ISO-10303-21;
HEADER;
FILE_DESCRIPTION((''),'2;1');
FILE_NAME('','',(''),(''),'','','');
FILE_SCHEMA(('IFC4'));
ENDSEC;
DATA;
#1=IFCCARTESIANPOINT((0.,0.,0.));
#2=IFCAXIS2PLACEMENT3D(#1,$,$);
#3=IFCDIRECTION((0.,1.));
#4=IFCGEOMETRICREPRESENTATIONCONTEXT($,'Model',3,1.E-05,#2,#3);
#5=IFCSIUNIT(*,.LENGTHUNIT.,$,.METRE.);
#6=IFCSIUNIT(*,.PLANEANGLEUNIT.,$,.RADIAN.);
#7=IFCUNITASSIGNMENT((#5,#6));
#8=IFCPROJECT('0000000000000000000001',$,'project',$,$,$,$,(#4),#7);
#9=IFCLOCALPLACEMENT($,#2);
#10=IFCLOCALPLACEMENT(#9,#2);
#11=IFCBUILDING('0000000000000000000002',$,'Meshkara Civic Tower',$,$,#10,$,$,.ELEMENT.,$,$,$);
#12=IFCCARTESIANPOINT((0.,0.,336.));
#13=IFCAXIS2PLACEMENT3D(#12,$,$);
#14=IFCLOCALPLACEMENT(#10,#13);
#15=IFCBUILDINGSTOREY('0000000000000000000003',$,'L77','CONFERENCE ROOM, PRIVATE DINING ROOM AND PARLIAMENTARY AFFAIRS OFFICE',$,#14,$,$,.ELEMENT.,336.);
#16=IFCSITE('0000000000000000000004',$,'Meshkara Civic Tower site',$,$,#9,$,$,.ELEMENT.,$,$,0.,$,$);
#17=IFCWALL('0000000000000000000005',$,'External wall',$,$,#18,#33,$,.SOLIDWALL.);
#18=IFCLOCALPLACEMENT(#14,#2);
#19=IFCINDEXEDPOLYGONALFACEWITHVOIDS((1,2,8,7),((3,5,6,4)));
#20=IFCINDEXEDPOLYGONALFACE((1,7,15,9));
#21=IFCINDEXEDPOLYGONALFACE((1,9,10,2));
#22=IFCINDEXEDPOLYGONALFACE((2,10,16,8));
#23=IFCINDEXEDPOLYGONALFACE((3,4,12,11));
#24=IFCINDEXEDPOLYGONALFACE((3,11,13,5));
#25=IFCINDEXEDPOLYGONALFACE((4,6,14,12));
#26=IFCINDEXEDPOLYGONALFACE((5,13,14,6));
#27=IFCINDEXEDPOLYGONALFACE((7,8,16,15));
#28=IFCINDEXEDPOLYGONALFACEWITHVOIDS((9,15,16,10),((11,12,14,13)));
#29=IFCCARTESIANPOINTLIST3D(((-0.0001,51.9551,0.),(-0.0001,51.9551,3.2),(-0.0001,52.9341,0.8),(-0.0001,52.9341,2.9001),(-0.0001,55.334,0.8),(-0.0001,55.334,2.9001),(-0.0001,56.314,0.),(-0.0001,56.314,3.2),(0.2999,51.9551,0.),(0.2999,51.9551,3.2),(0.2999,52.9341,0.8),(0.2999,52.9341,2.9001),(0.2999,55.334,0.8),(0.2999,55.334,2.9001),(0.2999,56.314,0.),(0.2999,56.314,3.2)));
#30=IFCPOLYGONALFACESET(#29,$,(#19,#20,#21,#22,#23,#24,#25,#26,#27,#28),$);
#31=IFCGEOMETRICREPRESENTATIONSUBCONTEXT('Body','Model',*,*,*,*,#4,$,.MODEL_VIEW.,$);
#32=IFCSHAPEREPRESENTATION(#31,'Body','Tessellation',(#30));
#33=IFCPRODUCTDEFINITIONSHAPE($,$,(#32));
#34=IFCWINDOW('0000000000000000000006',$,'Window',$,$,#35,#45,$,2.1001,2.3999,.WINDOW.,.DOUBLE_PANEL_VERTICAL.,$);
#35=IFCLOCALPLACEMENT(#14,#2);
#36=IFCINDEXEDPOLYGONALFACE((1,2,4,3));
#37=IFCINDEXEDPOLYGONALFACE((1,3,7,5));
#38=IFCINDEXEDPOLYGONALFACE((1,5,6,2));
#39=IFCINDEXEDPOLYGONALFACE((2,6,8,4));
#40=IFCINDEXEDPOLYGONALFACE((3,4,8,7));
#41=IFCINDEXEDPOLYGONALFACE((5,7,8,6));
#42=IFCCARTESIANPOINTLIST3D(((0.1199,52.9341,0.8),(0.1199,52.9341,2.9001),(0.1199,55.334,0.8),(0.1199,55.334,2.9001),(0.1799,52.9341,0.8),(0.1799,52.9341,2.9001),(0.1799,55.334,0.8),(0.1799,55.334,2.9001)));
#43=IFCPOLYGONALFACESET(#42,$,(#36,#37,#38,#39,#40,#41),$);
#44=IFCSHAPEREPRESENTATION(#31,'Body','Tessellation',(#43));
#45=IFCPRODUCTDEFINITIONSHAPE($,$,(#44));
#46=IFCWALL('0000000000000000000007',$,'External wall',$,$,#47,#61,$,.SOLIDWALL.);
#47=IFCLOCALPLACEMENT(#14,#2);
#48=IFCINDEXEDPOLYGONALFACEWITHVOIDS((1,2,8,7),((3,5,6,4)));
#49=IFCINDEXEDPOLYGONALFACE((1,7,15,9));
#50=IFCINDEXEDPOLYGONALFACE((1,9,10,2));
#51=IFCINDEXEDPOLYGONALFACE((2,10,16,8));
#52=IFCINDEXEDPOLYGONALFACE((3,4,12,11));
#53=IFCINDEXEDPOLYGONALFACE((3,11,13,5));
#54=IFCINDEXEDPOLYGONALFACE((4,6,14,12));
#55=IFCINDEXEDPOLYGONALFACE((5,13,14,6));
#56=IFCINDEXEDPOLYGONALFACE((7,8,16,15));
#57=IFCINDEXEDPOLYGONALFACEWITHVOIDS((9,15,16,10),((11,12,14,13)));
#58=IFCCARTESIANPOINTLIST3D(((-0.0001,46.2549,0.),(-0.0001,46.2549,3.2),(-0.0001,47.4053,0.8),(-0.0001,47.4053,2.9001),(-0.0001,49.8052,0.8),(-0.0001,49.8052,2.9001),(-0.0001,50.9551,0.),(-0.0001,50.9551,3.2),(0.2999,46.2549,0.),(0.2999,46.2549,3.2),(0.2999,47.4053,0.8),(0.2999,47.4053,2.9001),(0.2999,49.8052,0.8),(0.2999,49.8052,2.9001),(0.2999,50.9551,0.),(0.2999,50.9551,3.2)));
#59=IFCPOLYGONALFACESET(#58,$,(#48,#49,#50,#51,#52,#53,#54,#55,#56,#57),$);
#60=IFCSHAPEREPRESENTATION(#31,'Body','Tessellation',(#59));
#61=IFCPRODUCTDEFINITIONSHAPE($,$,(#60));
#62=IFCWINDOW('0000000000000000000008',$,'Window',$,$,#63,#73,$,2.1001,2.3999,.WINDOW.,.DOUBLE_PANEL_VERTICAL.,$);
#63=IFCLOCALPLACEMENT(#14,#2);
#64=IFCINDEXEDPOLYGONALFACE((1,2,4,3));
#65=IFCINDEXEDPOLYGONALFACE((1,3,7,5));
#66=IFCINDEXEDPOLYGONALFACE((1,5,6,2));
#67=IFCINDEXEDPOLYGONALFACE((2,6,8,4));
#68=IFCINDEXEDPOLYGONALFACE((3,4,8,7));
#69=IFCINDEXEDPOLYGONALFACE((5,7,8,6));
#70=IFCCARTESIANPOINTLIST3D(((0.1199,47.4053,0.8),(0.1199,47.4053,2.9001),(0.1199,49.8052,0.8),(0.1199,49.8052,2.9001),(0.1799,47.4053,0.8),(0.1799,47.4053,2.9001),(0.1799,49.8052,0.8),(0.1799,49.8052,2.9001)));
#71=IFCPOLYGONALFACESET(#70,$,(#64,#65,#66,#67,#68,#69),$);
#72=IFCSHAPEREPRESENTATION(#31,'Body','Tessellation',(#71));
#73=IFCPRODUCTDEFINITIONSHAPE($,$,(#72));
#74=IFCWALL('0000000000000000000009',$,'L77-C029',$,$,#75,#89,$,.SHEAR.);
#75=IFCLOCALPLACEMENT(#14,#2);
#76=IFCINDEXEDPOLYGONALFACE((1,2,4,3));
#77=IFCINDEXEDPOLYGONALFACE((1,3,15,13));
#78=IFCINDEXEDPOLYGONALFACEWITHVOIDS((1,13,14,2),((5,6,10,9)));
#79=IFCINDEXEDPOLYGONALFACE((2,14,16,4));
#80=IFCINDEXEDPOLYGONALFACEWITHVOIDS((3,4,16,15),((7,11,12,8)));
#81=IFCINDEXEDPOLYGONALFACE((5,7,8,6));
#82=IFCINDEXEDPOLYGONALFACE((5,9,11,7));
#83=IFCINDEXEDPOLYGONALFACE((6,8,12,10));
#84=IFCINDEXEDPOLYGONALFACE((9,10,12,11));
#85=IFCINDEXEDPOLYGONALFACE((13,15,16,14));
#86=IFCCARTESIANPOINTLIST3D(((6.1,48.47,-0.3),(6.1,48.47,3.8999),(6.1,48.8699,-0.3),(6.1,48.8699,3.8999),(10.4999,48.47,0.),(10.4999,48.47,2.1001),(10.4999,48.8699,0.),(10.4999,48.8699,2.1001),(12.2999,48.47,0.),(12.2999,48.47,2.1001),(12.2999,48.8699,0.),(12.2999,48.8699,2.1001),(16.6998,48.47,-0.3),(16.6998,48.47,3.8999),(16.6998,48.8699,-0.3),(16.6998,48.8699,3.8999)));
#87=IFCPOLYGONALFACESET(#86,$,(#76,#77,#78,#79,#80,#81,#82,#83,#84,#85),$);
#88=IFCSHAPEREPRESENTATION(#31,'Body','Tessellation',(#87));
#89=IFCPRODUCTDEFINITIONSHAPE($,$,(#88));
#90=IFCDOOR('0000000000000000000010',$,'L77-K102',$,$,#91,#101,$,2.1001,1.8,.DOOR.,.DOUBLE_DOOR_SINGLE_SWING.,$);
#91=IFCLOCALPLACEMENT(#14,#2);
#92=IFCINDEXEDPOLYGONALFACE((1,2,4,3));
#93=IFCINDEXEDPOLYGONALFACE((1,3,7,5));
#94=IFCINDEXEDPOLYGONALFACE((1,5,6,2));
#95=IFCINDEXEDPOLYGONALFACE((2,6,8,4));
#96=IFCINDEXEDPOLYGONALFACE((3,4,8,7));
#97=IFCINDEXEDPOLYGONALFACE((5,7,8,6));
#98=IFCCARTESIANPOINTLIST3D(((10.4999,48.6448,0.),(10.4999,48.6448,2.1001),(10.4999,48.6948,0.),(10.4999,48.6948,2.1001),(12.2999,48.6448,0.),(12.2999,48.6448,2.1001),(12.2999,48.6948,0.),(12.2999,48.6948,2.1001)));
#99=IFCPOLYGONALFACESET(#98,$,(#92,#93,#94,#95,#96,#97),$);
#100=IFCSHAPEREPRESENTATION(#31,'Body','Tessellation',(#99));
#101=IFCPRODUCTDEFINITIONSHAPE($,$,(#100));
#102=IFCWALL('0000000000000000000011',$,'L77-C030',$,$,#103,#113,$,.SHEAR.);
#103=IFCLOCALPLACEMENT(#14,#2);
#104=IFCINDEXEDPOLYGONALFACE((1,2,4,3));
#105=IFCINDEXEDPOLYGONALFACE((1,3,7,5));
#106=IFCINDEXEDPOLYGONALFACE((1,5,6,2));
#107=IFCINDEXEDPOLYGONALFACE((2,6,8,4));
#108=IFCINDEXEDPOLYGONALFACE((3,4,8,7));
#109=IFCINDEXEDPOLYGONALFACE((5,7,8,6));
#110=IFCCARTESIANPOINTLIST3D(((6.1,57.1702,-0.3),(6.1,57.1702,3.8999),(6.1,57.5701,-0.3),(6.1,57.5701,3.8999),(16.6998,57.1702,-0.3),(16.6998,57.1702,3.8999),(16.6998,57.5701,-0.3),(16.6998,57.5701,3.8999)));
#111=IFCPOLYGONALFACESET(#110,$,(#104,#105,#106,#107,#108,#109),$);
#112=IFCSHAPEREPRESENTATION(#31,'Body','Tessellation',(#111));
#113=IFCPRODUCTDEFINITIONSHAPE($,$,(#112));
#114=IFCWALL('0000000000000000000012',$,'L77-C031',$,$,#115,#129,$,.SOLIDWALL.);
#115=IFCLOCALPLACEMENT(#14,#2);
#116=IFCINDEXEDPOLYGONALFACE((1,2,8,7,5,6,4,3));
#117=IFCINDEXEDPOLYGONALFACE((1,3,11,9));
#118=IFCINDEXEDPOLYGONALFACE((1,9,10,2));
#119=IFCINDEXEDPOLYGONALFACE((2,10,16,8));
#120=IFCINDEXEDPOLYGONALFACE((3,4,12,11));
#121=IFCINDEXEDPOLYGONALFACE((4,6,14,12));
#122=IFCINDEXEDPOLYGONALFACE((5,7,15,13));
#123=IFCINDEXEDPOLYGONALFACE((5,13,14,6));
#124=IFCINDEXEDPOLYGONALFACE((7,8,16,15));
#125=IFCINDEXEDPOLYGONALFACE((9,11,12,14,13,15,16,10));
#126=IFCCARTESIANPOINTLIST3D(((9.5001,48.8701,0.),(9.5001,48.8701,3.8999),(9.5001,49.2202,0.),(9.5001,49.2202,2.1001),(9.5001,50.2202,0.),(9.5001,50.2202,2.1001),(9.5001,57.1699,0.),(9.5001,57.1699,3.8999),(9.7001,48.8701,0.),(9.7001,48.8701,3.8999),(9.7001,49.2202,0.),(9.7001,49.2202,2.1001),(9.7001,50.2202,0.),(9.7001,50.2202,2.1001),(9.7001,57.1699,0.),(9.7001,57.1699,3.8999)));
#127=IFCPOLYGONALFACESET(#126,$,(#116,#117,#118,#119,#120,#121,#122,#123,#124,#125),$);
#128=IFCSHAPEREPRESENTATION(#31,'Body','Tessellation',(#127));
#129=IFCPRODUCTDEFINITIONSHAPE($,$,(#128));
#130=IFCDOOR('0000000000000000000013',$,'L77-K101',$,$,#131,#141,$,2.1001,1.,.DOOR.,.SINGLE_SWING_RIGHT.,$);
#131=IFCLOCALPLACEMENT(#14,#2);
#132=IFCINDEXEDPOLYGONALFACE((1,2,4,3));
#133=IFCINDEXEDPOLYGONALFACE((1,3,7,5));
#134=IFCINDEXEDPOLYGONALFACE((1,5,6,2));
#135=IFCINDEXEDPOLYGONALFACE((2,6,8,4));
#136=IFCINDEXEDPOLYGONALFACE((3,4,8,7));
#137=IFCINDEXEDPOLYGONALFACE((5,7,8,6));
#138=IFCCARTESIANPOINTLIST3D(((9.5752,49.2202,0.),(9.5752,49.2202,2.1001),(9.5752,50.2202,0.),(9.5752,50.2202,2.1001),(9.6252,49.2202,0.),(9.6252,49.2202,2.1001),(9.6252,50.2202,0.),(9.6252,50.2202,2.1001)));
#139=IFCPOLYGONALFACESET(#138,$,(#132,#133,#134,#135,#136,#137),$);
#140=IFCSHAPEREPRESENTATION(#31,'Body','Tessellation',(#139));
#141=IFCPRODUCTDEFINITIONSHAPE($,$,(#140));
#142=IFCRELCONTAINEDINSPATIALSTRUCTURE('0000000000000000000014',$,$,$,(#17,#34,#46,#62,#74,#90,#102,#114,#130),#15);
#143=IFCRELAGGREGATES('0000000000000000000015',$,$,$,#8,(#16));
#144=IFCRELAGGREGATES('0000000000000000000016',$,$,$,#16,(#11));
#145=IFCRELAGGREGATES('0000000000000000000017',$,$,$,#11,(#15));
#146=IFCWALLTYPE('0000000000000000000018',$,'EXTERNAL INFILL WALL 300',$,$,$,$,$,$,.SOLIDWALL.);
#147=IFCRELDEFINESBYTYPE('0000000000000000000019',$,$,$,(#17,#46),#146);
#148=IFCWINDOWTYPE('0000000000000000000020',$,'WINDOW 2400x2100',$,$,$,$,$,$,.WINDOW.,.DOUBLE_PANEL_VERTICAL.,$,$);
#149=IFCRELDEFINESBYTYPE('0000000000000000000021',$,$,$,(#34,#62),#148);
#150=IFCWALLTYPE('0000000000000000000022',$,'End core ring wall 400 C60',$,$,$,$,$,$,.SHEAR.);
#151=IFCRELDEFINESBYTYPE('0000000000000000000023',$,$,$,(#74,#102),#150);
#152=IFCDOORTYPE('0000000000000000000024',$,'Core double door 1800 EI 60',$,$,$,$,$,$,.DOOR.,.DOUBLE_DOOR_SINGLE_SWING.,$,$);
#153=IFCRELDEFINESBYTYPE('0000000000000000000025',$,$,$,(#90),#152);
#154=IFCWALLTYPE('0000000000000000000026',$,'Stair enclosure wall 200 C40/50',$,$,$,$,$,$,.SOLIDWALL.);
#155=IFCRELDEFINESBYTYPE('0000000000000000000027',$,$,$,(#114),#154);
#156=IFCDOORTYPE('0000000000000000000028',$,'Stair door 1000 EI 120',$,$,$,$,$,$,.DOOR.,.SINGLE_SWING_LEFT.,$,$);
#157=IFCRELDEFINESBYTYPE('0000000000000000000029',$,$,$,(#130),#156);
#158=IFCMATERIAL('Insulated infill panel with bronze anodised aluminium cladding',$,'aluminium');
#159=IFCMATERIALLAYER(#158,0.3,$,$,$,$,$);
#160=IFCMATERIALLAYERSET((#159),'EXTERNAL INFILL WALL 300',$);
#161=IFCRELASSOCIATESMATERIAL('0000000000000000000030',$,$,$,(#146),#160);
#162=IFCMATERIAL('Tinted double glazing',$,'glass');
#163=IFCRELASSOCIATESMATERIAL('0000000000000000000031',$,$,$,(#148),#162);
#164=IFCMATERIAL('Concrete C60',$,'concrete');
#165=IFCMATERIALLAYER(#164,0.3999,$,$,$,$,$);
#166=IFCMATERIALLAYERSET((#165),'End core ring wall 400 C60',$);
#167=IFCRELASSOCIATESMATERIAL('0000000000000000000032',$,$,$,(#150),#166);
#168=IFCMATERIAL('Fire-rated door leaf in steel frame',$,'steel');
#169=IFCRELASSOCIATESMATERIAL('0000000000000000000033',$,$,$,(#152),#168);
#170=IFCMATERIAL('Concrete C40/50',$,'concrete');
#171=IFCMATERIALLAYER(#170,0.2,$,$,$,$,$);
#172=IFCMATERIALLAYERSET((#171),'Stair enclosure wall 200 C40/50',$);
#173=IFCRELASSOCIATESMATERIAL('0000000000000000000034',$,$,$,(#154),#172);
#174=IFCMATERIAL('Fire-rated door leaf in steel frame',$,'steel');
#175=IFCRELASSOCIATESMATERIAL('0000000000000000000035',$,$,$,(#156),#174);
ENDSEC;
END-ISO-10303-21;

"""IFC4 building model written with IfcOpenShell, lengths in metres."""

from ifc_helpers import new_model, si_unit, direction, frame, frame_2d, origin, place, context, subcontext, project, spatial, rectangle, extrude, material, layer, layer_set, type_object, element, fill, save


model = new_model("IFC4")

# Units and contexts
model_context = context("Model", 3, precision=1e-05, world=origin(), true_north=direction((0.0, 1.0)))
body_context = subcontext(model_context, "Body", "Model", "MODEL_VIEW")
ifc_project = project(units=[si_unit("LENGTHUNIT", "METRE"), si_unit("PLANEANGLEUNIT", "RADIAN")], contexts=[model_context])

# Site, building, storey
site_placement = place(None, origin())
site = spatial("IfcSite", under=ifc_project, at=site_placement, Name="Meshkara Civic Tower site", CompositionType="ELEMENT", RefElevation=0.0)
building_placement = place(site_placement, origin())
building = spatial("IfcBuilding", under=site, at=building_placement, Name="Meshkara Civic Tower", CompositionType="ELEMENT")
storey_placement = place(building_placement, frame((0.0, 0.0, 336.0)))
storey = spatial("IfcBuildingStorey", under=building, at=storey_placement, Name="L77", Description="CONFERENCE ROOM, PRIVATE DINING ROOM AND PARLIAMENTARY AFFAIRS OFFICE", CompositionType="ELEMENT", Elevation=336.0)

# Walls, openings, windows
ifc_material_1 = material(Name="Insulated infill panel with bronze anodised aluminium cladding", Category="aluminium")
ifc_layer_1 = layer(ifc_material_1, 0.3)
ifc_layer_set_1 = layer_set([ifc_layer_1], Name="EXTERNAL INFILL WALL 300")
wall_type_1 = type_object("IfcWallType", Name="EXTERNAL INFILL WALL 300", PredefinedType="SOLIDWALL", material=ifc_layer_set_1)
ifc_material_2 = material(Name="Tinted double glazing", Category="glass")
window_type = type_object("IfcWindowType", Name="WINDOW 2400x2100", PartitioningType="DOUBLE_PANEL_VERTICAL", PredefinedType="WINDOW", material=ifc_material_2)
wall_1_placement = place(storey_placement, frame((0.1499, 56.314, 0.0), z_axis=(0.0, 0.0, 1.0), x_axis=(0.0, -1.0, 0.0)))
wall_1 = element("IfcWall", 1, at=wall_1_placement, inside=storey, type_object=wall_type_1, Name="External wall", PredefinedType="SOLIDWALL", context=body_context, shape_type="SweptSolid", body=[
    extrude(rectangle(XDim=4.3589, YDim=0.3, at=frame_2d((2.1794, 0.0))), origin(), (0.0, 0.0, 1.0), 3.2),
])
opening_1_placement = place(wall_1_placement, frame((0.98, 0.0, 0.8)))
opening_1 = element("IfcOpeningElement", 2, at=opening_1_placement, cuts=wall_1, PredefinedType="OPENING", context=body_context, shape_type="SweptSolid", body=[
    extrude(rectangle(XDim=2.3999, YDim=2.1001, at=frame_2d((1.2, 1.05))), frame((0.0, 0.1599, 0.0), z_axis=(0.0, -1.0, 0.0), x_axis=(1.0, 0.0, 0.0)), (0.0, 0.0, 1.0), 0.3201),
])
window_1_placement = place(opening_1_placement, origin())
window_1 = element("IfcWindow", 3, at=window_1_placement, inside=storey, type_object=window_type, Name="Window", OverallHeight=2.1001, OverallWidth=2.3999, PartitioningType="DOUBLE_PANEL_VERTICAL", PredefinedType="WINDOW", context=body_context, shape_type="SweptSolid", body=[
    extrude(rectangle(XDim=2.3999, YDim=2.1001, at=frame_2d((1.2, 1.05))), frame((0.0, 0.03, 0.0), z_axis=(0.0, -1.0, 0.0), x_axis=(1.0, 0.0, 0.0)), (0.0, 0.0, 1.0), 0.0601),
])
fill(opening_1, window_1)
wall_2_placement = place(storey_placement, frame((0.1499, 50.9551, 0.0), z_axis=(0.0, 0.0, 1.0), x_axis=(0.0, -1.0, 0.0)))
wall_2 = element("IfcWall", 4, at=wall_2_placement, inside=storey, type_object=wall_type_1, Name="External wall", PredefinedType="SOLIDWALL", context=body_context, shape_type="SweptSolid", body=[
    extrude(rectangle(XDim=4.7002, YDim=0.3, at=frame_2d((2.3501, 0.0))), origin(), (0.0, 0.0, 1.0), 3.2),
])
opening_2_placement = place(wall_2_placement, frame((1.1499, 0.0, 0.8)))
opening_2 = element("IfcOpeningElement", 5, at=opening_2_placement, cuts=wall_2, PredefinedType="OPENING", context=body_context, shape_type="SweptSolid", body=[
    extrude(rectangle(XDim=2.3999, YDim=2.1001, at=frame_2d((1.2, 1.05))), frame((0.0, 0.1599, 0.0), z_axis=(0.0, -1.0, 0.0), x_axis=(1.0, 0.0, 0.0)), (0.0, 0.0, 1.0), 0.3201),
])
window_2_placement = place(opening_2_placement, origin())
window_2 = element("IfcWindow", 6, at=window_2_placement, inside=storey, type_object=window_type, Name="Window", OverallHeight=2.1001, OverallWidth=2.3999, PartitioningType="DOUBLE_PANEL_VERTICAL", PredefinedType="WINDOW", context=body_context, shape_type="SweptSolid", body=[
    extrude(rectangle(XDim=2.3999, YDim=2.1001, at=frame_2d((1.2, 1.05))), frame((0.0, 0.03, 0.0), z_axis=(0.0, -1.0, 0.0), x_axis=(1.0, 0.0, 0.0)), (0.0, 0.0, 1.0), 0.0601),
])
fill(opening_2, window_2)

# Wall, opening, door
ifc_material_3 = material(Name="Concrete C60", Category="concrete")
ifc_layer_2 = layer(ifc_material_3, 0.3999)
ifc_layer_set_2 = layer_set([ifc_layer_2], Name="End core ring wall 400 C60")
wall_type_2 = type_object("IfcWallType", Name="End core ring wall 400 C60", PredefinedType="SHEAR", material=ifc_layer_set_2)
wall_3_placement = place(storey_placement, frame((6.1001, 48.6699, -0.3), z_axis=(0.0, 0.0, 1.0), x_axis=(1.0, 0.0, 0.0)))
wall_3 = element("IfcWall", 7, at=wall_3_placement, inside=storey, type_object=wall_type_2, Name="L77-C029", PredefinedType="SHEAR", context=body_context, shape_type="SweptSolid", body=[
    extrude(rectangle(XDim=10.5999, YDim=0.3999, at=frame_2d((5.2998, 0.0))), origin(), (0.0, 0.0, 1.0), 4.2),
])
opening_3_placement = place(wall_3_placement, frame((4.3999, 0.0, 0.3)))
opening_3 = element("IfcOpeningElement", 8, at=opening_3_placement, cuts=wall_3, PredefinedType="OPENING", context=body_context, shape_type="SweptSolid", body=[
    extrude(rectangle(XDim=1.8, YDim=2.1001, at=frame_2d((0.8999, 1.05))), frame((0.0, 0.21, 0.0), z_axis=(0.0, -1.0, 0.0), x_axis=(1.0, 0.0, 0.0)), (0.0, 0.0, 1.0), 0.4199),
])
ifc_material_4 = material(Name="Fire-rated door leaf in steel frame", Category="steel")
door_type_1 = type_object("IfcDoorType", Name="Core double door 1800 EI 60", OperationType="DOUBLE_DOOR_SINGLE_SWING", PredefinedType="DOOR", material=ifc_material_4)
door_1_placement = place(opening_3_placement, origin())
door_1 = element("IfcDoor", 9, at=door_1_placement, inside=storey, type_object=door_type_1, Name="L77-K102", OperationType="DOUBLE_DOOR_SINGLE_SWING", OverallHeight=2.1001, OverallWidth=1.8, PredefinedType="DOOR", context=body_context, shape_type="SweptSolid", body=[
    extrude(rectangle(XDim=1.8, YDim=2.1001, at=frame_2d((0.8999, 1.05))), frame((0.0, 0.0249, 0.0), z_axis=(0.0, -1.0, 0.0), x_axis=(1.0, 0.0, 0.0)), (0.0, 0.0, 1.0), 0.05),
])
fill(opening_3, door_1)

# Wall
wall_4_placement = place(storey_placement, frame((6.1001, 57.3701, -0.3), z_axis=(0.0, 0.0, 1.0), x_axis=(1.0, 0.0, 0.0)))
element("IfcWall", 10, at=wall_4_placement, inside=storey, type_object=wall_type_2, Name="L77-C030", PredefinedType="SHEAR", context=body_context, shape_type="SweptSolid", body=[
    extrude(rectangle(XDim=10.5999, YDim=0.3999, at=frame_2d((5.2998, 0.0))), origin(), (0.0, 0.0, 1.0), 4.2),
])

# Wall, opening, door
ifc_material_5 = material(Name="Concrete C40/50", Category="concrete")
ifc_layer_3 = layer(ifc_material_5, 0.2)
ifc_layer_set_3 = layer_set([ifc_layer_3], Name="Stair enclosure wall 200 C40/50")
wall_type_3 = type_object("IfcWallType", Name="Stair enclosure wall 200 C40/50", PredefinedType="SOLIDWALL", material=ifc_layer_set_3)
wall_5_placement = place(storey_placement, frame((9.6001, 48.8701, 0.0), z_axis=(0.0, 0.0, 1.0), x_axis=(0.0, 1.0, 0.0)))
wall_5 = element("IfcWall", 11, at=wall_5_placement, inside=storey, type_object=wall_type_3, Name="L77-C031", PredefinedType="SOLIDWALL", context=body_context, shape_type="SweptSolid", body=[
    extrude(rectangle(XDim=8.2998, YDim=0.2, at=frame_2d((4.1499, 0.0))), origin(), (0.0, 0.0, 1.0), 3.8999),
])
opening_4_placement = place(wall_5_placement, frame((0.3501, 0.0, 0.0)))
opening_4 = element("IfcOpeningElement", 12, at=opening_4_placement, cuts=wall_5, PredefinedType="OPENING", context=body_context, shape_type="SweptSolid", body=[
    extrude(rectangle(XDim=1.0, YDim=2.1001, at=frame_2d((0.5, 1.05))), frame((0.0, 0.1099, 0.0), z_axis=(0.0, -1.0, 0.0), x_axis=(1.0, 0.0, 0.0)), (0.0, 0.0, 1.0), 0.22),
])
ifc_material_6 = material(Name="Fire-rated door leaf in steel frame", Category="steel")
door_type_2 = type_object("IfcDoorType", Name="Stair door 1000 EI 120", OperationType="SINGLE_SWING_LEFT", PredefinedType="DOOR", material=ifc_material_6)
door_2_placement = place(opening_4_placement, origin())
door_2 = element("IfcDoor", 13, at=door_2_placement, inside=storey, type_object=door_type_2, Name="L77-K101", OperationType="SINGLE_SWING_RIGHT", OverallHeight=2.1001, OverallWidth=1.0, PredefinedType="DOOR", context=body_context, shape_type="SweptSolid", body=[
    extrude(rectangle(XDim=1.0, YDim=2.1001, at=frame_2d((0.5, 1.05))), frame((0.0, 0.0249, 0.0), z_axis=(0.0, -1.0, 0.0), x_axis=(1.0, 0.0, 0.0)), (0.0, 0.0, 1.0), 0.05),
])
fill(opening_4, door_2)

save(model, "model.ifc")
